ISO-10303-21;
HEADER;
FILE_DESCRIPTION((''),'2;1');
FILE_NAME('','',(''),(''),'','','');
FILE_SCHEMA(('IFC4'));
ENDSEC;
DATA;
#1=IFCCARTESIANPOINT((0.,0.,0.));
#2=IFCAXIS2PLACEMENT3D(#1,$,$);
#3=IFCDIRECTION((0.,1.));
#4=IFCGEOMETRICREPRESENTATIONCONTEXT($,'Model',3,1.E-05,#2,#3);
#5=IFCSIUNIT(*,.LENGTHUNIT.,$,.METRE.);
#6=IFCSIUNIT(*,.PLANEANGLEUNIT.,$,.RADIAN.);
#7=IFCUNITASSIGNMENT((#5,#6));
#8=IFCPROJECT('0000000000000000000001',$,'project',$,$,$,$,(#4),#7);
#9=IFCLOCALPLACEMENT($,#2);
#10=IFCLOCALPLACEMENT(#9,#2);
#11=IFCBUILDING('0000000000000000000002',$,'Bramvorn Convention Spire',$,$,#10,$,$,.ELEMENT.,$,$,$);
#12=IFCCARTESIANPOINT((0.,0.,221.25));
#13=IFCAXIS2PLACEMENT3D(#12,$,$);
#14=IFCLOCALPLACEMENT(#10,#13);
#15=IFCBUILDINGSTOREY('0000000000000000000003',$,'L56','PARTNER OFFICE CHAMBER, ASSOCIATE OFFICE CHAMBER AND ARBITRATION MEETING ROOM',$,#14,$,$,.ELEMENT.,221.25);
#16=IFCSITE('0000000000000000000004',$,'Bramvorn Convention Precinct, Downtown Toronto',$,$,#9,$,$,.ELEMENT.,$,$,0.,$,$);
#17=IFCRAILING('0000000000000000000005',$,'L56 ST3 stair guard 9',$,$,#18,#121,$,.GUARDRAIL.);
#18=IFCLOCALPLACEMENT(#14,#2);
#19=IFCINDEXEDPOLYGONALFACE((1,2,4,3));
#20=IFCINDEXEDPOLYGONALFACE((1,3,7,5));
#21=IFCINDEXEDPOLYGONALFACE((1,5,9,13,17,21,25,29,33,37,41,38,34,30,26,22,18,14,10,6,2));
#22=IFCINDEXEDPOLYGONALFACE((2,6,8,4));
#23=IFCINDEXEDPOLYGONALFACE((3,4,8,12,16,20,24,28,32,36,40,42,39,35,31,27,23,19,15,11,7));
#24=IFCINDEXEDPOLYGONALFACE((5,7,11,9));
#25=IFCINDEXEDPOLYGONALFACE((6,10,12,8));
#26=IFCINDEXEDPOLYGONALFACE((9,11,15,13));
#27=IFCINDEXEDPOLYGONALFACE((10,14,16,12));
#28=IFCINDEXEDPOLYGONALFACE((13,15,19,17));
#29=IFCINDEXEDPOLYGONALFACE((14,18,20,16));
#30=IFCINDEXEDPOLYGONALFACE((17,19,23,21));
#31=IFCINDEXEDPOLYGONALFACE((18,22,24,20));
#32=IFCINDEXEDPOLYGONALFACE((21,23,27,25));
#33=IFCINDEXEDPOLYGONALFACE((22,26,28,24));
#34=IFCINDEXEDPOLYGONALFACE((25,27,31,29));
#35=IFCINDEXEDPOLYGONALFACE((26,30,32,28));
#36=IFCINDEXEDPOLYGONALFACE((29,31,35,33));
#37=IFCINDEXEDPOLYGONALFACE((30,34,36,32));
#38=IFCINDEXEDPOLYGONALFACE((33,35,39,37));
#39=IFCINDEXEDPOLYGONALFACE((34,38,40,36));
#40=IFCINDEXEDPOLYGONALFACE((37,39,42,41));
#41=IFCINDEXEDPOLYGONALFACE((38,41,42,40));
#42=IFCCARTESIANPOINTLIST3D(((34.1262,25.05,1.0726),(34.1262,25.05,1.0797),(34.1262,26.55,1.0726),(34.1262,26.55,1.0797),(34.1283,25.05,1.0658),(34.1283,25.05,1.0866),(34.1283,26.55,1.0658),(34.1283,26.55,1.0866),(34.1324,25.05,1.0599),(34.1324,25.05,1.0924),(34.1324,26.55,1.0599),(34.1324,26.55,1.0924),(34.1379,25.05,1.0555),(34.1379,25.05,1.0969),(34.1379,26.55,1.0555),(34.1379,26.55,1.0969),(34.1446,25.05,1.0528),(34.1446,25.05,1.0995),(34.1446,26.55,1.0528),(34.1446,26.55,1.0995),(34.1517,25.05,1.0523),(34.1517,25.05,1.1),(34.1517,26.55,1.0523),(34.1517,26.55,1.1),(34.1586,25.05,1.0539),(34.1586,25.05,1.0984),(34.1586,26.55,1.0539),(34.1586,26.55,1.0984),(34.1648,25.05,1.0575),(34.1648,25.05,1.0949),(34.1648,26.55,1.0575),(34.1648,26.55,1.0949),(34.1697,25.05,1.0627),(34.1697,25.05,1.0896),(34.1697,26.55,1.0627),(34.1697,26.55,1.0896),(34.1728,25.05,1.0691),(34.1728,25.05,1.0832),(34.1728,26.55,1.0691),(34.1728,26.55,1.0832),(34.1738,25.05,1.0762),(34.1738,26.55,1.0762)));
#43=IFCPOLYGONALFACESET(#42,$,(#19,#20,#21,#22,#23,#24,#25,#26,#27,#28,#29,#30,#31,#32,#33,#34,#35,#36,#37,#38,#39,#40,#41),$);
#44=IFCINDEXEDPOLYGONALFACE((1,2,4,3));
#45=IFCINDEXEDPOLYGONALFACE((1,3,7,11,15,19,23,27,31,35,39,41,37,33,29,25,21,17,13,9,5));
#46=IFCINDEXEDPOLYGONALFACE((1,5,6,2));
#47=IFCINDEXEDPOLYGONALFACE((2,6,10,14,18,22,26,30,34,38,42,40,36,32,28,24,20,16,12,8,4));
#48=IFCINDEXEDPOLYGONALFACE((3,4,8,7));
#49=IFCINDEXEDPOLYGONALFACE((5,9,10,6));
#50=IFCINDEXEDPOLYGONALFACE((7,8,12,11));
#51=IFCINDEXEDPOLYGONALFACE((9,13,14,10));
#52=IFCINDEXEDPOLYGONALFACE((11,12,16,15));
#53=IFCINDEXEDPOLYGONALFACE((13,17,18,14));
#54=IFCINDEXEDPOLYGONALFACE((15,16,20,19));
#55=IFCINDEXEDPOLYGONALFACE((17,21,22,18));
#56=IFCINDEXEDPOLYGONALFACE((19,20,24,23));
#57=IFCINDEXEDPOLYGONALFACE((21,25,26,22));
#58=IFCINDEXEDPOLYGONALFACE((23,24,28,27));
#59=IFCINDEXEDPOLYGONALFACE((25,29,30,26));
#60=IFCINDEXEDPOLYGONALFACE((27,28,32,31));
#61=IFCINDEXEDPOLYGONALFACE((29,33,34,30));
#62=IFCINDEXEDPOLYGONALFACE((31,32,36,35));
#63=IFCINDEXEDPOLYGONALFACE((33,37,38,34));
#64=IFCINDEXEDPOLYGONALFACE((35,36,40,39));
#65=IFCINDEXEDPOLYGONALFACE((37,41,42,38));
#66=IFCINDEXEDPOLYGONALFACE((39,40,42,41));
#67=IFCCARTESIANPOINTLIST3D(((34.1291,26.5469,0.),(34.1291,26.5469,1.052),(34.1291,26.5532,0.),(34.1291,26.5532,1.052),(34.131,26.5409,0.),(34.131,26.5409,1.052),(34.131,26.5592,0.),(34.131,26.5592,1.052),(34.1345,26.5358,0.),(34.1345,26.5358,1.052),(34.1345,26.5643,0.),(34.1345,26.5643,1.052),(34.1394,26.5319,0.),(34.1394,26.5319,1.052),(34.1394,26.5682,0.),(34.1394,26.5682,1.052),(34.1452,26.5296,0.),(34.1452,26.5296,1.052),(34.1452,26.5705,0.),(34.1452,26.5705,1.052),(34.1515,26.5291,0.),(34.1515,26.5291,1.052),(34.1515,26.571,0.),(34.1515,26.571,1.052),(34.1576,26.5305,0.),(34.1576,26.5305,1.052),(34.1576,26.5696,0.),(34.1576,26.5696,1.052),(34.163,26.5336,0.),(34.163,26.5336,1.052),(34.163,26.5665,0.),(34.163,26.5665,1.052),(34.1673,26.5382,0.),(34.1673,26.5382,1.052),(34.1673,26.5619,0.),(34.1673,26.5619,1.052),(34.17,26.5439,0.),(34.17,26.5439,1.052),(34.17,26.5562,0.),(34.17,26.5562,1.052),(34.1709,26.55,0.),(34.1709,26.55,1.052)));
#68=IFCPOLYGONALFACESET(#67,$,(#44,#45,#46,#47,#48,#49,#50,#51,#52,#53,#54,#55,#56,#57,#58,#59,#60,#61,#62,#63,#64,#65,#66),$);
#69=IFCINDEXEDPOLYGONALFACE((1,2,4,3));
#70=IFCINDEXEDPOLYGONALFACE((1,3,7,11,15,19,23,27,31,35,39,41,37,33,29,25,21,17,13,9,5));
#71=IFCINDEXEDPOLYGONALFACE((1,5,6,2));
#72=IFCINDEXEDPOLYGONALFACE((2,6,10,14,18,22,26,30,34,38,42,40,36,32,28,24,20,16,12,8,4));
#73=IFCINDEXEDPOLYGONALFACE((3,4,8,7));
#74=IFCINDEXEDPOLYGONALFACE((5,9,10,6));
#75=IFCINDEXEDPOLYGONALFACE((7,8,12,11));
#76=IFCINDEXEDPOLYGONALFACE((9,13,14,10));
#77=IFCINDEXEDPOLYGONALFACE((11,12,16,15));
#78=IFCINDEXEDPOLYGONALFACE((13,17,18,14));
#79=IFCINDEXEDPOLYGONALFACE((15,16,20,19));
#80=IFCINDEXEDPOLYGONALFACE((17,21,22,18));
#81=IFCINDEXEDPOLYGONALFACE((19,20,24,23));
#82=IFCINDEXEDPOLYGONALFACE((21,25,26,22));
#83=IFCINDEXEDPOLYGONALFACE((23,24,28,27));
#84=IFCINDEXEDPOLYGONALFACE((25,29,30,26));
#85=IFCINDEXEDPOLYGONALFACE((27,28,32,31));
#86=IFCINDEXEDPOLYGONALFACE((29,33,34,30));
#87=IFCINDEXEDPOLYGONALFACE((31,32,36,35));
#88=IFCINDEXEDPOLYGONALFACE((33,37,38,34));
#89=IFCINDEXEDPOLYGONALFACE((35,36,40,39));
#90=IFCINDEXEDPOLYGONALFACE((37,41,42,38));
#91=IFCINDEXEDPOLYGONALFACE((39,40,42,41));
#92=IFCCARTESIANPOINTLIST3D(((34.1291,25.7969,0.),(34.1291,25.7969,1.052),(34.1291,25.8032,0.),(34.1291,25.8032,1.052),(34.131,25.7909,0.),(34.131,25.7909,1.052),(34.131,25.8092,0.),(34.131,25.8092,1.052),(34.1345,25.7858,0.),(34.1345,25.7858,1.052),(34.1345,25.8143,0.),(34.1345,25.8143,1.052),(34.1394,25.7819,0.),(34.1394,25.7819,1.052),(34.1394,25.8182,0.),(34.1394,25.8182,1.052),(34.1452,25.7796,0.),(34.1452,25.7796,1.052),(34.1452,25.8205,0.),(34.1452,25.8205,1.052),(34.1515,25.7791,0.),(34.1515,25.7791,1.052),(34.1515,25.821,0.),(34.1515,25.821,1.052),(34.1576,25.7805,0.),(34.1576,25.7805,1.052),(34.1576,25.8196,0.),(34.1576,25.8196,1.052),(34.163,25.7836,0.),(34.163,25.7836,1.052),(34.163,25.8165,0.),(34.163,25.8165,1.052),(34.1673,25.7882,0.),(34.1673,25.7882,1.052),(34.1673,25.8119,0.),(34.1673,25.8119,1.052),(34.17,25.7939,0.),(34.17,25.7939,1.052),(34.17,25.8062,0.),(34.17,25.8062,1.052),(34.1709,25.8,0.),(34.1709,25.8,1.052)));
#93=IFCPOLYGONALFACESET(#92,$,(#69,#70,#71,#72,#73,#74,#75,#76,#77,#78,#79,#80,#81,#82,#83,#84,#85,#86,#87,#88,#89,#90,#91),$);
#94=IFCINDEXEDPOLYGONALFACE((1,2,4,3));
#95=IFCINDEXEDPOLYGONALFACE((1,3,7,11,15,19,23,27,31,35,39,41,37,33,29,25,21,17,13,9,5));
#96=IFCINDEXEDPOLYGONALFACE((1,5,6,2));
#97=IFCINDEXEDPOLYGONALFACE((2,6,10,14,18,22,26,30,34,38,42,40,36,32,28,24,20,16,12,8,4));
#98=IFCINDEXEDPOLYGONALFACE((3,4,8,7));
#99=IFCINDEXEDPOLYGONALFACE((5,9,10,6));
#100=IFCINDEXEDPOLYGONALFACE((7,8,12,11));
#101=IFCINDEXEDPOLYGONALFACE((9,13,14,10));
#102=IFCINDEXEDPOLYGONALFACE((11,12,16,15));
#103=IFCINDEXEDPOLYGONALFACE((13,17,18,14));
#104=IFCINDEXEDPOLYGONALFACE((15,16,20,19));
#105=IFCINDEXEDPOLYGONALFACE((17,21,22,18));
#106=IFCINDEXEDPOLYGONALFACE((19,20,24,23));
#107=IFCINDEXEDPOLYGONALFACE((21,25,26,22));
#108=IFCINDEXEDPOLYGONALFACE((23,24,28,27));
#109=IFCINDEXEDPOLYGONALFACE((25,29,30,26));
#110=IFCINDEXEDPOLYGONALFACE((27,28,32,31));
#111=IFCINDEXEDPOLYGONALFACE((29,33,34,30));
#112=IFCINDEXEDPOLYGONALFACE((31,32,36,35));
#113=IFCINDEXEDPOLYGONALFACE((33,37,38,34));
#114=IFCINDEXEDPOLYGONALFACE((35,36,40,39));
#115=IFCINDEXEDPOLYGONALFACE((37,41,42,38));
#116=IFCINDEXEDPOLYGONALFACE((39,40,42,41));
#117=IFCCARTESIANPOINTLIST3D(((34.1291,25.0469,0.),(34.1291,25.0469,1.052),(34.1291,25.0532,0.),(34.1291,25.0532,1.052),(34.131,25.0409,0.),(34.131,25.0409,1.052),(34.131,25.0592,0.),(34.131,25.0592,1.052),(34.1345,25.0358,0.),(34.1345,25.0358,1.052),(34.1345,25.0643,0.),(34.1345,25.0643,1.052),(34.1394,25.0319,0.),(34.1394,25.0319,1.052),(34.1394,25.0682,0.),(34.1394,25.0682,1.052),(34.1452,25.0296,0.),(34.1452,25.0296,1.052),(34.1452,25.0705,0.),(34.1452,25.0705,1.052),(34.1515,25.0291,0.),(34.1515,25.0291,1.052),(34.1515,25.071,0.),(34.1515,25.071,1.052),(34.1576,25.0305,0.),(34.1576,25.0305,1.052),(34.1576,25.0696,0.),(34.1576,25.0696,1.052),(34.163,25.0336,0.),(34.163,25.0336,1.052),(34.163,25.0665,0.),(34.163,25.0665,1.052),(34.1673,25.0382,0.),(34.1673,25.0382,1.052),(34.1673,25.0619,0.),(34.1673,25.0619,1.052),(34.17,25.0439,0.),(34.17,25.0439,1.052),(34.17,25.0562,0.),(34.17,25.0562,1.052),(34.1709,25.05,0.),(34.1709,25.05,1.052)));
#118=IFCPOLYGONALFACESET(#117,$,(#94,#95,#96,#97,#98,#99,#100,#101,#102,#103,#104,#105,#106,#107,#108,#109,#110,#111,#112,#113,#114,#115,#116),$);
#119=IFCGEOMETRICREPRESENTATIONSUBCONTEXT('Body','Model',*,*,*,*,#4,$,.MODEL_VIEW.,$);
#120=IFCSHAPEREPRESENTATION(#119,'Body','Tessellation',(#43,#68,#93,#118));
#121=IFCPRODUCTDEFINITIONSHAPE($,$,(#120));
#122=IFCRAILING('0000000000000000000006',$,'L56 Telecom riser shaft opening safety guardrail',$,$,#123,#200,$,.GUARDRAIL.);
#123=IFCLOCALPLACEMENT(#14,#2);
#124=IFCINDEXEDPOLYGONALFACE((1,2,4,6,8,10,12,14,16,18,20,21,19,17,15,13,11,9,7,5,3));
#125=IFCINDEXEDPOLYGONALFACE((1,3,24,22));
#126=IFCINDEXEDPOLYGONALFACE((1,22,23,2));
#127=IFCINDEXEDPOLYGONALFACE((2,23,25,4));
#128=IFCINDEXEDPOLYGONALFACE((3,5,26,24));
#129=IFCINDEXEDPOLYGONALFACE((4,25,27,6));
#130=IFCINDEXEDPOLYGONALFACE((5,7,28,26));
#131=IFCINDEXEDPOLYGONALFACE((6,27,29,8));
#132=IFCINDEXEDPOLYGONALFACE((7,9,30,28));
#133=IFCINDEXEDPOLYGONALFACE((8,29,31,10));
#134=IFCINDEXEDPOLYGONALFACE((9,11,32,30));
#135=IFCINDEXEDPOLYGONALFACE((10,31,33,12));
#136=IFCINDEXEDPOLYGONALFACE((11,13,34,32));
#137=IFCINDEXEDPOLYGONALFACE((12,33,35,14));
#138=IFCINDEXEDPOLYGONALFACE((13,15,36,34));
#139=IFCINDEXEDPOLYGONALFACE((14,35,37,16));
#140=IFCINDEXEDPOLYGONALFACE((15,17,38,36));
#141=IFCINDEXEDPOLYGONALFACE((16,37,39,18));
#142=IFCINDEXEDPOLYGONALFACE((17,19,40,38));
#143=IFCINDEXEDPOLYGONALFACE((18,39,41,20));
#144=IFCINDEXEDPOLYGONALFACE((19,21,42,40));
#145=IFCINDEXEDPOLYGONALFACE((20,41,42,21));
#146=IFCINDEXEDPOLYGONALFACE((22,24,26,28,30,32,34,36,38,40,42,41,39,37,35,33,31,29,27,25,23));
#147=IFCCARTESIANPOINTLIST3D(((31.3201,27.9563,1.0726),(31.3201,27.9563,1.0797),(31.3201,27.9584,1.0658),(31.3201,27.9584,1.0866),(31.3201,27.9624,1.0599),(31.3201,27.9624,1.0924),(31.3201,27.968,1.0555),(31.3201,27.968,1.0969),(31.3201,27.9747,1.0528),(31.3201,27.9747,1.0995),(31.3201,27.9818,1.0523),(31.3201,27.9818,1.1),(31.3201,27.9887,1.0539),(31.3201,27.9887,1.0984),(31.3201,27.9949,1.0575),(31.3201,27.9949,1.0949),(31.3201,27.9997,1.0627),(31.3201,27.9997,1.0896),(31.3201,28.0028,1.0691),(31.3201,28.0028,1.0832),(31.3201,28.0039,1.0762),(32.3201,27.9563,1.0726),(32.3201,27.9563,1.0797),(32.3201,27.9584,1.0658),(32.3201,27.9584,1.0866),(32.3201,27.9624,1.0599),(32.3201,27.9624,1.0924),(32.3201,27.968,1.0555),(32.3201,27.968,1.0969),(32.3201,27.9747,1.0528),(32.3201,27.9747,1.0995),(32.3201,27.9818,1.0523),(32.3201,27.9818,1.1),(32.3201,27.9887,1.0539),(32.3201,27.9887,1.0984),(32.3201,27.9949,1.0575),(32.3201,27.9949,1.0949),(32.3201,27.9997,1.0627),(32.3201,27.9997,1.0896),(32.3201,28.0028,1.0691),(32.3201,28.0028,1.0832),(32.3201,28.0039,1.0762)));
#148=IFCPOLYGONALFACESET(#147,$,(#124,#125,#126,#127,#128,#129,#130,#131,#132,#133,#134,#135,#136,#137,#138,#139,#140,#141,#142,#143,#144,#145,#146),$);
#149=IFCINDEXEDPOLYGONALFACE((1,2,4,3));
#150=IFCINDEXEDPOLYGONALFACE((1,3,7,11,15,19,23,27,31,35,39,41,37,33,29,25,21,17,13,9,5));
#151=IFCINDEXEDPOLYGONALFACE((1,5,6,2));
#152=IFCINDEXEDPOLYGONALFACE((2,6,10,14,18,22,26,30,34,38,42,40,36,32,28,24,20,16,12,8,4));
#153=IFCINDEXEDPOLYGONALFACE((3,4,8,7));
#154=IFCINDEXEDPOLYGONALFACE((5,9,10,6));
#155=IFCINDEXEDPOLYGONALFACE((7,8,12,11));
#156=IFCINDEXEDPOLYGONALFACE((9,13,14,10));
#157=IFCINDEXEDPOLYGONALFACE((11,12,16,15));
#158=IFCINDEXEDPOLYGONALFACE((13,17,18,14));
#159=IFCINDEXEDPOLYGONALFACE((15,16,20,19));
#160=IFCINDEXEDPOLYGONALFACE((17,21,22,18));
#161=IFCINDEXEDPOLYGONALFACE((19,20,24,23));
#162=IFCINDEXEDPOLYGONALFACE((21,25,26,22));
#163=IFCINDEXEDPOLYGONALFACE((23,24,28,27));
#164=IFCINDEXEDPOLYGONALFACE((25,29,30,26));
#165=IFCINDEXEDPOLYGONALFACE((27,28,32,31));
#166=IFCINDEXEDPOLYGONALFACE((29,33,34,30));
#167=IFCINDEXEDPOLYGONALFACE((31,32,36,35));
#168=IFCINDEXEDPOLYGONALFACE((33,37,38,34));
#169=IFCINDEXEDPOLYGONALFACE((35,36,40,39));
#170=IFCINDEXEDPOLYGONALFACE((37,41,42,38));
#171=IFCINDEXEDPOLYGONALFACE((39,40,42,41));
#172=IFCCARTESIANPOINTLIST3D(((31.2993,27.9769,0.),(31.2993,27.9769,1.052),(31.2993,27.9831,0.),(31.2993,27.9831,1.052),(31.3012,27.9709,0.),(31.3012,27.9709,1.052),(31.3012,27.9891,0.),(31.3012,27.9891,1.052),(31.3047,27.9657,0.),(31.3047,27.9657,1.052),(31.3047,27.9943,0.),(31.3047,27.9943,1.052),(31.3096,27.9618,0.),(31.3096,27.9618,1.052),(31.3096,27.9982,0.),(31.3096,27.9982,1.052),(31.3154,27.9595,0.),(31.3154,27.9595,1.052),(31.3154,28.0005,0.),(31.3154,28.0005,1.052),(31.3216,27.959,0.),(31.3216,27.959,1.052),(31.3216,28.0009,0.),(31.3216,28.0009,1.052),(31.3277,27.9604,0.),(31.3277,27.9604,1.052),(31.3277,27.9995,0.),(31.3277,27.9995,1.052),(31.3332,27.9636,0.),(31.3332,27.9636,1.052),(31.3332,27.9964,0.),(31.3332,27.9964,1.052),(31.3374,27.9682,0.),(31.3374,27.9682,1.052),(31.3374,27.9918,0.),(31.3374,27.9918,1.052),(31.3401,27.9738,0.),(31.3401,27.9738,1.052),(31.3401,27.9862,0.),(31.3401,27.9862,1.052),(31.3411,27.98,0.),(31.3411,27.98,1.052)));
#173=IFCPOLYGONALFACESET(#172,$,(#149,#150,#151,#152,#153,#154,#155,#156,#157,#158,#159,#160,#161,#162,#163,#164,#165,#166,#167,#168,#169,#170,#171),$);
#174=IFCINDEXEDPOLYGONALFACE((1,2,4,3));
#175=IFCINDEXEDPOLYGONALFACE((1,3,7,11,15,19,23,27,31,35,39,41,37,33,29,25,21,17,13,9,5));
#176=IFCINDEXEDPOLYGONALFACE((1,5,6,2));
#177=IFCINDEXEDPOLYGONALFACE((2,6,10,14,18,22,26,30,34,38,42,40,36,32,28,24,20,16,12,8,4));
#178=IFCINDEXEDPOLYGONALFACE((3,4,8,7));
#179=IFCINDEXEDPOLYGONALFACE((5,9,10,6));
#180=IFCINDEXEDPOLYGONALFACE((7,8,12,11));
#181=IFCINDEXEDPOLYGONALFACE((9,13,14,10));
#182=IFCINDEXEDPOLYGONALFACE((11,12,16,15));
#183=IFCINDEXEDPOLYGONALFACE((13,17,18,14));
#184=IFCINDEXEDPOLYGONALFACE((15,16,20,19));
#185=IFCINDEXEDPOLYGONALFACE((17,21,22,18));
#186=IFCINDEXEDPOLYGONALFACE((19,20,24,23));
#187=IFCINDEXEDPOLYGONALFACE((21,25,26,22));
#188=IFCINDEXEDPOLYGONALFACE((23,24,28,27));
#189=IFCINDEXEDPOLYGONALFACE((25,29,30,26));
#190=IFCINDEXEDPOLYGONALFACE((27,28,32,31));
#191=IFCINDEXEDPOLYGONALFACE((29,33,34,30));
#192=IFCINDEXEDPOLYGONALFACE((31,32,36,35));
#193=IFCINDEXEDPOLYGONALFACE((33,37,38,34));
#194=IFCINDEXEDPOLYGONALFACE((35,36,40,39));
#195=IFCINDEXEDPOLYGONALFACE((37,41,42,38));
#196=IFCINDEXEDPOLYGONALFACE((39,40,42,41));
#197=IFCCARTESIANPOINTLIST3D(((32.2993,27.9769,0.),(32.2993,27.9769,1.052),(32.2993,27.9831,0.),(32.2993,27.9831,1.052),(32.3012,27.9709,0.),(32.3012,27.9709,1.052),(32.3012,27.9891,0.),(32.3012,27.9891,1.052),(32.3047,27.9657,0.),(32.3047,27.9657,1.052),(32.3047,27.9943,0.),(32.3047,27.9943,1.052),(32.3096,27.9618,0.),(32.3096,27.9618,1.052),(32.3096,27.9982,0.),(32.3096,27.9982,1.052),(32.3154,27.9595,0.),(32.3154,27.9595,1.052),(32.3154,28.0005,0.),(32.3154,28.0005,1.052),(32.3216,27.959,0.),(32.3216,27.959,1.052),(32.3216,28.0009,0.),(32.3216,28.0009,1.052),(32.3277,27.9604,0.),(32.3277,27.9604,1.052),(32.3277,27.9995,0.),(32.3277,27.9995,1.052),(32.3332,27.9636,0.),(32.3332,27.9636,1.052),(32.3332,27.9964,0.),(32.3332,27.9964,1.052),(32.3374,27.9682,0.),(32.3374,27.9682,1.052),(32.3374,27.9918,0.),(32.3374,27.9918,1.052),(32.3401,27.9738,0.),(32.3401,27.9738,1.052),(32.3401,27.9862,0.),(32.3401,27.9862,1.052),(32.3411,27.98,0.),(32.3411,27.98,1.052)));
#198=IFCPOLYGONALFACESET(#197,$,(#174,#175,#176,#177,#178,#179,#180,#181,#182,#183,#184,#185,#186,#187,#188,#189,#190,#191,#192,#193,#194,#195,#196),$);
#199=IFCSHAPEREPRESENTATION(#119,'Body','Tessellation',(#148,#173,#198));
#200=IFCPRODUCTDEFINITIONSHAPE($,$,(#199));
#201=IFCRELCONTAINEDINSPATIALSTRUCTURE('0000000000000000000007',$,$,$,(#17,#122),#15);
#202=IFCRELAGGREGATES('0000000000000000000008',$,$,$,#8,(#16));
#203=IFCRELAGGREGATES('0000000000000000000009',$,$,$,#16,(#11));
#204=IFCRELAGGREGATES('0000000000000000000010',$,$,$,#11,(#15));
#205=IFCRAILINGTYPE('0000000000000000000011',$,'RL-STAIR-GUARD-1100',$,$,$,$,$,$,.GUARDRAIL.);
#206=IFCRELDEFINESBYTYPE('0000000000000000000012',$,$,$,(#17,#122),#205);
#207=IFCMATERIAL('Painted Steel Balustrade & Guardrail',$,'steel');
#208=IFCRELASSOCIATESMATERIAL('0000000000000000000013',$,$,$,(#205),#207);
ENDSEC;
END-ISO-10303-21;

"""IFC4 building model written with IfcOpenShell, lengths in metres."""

from ifc_helpers import new_model, si_unit, direction, frame, origin, origin_2d, place, context, subcontext, project, spatial, circle, extrude, material, type_object, element, save


model = new_model("IFC4")

# Units and contexts
model_context = context("Model", 3, precision=1e-05, world=origin(), true_north=direction((0.0, 1.0)))
body_context = subcontext(model_context, "Body", "Model", "MODEL_VIEW")
ifc_project = project(units=[si_unit("LENGTHUNIT", "METRE"), si_unit("PLANEANGLEUNIT", "RADIAN")], contexts=[model_context])

# Site, building, storey
site_placement = place(None, origin())
site = spatial("IfcSite", under=ifc_project, at=site_placement, Name="Bramvorn Convention Precinct, Downtown Toronto", CompositionType="ELEMENT", RefElevation=0.0)
building_placement = place(site_placement, origin())
building = spatial("IfcBuilding", under=site, at=building_placement, Name="Bramvorn Convention Spire", CompositionType="ELEMENT")
storey_placement = place(building_placement, frame((0.0, 0.0, 221.25)))
storey = spatial("IfcBuildingStorey", under=building, at=storey_placement, Name="L56", Description="PARTNER OFFICE CHAMBER, ASSOCIATE OFFICE CHAMBER AND ARBITRATION MEETING ROOM", CompositionType="ELEMENT", Elevation=221.25)

# Railings
ifc_material_1 = material(Name="Painted Steel Balustrade & Guardrail", Category="steel")
railing_type_1 = type_object("IfcRailingType", Name="RL-STAIR-GUARD-1100", PredefinedType="GUARDRAIL", material=ifc_material_1)
for number, where, name in (
    (1, (34.1499, 26.55, 0.0), "L56 ST3 stair guard 9"),
):
    element("IfcRailing", number, at=place(storey_placement, frame(where)), inside=storey, type_object=railing_type_1, Name=name, PredefinedType="GUARDRAIL", context=body_context, shape_type="SweptSolid", body=[
        extrude(circle(Radius=0.0239, at=origin_2d()), frame((0.0, 0.0, 1.0762), z_axis=(0.0, -1.0, 0.0), x_axis=(1.0, 0.0, 0.0)), (0.0, 0.0, 1.0), 1.5),
        extrude(circle(Radius=0.021, at=origin_2d()), origin(), (0.0, 0.0, 1.0), 1.052),
        extrude(circle(Radius=0.021, at=origin_2d()), frame((0.0, -0.75, 0.0)), (0.0, 0.0, 1.0), 1.052),
        extrude(circle(Radius=0.021, at=origin_2d()), frame((0.0, -1.5, 0.0)), (0.0, 0.0, 1.0), 1.052),
    ])
railing_1_placement = place(storey_placement, frame((31.3201, 27.98, 0.0)))
element("IfcRailing", 2, at=railing_1_placement, inside=storey, type_object=railing_type_1, Name="L56 Telecom riser shaft opening safety guardrail", PredefinedType="GUARDRAIL", context=body_context, shape_type="SweptSolid", body=[
    extrude(circle(Radius=0.0239, at=origin_2d()), frame((0.0, 0.0, 1.0762), z_axis=(1.0, 0.0, 0.0), x_axis=(0.0, 1.0, 0.0)), (0.0, 0.0, 1.0), 1.0),
    extrude(circle(Radius=0.021, at=origin_2d()), origin(), (0.0, 0.0, 1.0), 1.052),
    extrude(circle(Radius=0.021, at=origin_2d()), frame((1.0, 0.0, 0.0)), (0.0, 0.0, 1.0), 1.052),
])

save(model, "model.ifc")
